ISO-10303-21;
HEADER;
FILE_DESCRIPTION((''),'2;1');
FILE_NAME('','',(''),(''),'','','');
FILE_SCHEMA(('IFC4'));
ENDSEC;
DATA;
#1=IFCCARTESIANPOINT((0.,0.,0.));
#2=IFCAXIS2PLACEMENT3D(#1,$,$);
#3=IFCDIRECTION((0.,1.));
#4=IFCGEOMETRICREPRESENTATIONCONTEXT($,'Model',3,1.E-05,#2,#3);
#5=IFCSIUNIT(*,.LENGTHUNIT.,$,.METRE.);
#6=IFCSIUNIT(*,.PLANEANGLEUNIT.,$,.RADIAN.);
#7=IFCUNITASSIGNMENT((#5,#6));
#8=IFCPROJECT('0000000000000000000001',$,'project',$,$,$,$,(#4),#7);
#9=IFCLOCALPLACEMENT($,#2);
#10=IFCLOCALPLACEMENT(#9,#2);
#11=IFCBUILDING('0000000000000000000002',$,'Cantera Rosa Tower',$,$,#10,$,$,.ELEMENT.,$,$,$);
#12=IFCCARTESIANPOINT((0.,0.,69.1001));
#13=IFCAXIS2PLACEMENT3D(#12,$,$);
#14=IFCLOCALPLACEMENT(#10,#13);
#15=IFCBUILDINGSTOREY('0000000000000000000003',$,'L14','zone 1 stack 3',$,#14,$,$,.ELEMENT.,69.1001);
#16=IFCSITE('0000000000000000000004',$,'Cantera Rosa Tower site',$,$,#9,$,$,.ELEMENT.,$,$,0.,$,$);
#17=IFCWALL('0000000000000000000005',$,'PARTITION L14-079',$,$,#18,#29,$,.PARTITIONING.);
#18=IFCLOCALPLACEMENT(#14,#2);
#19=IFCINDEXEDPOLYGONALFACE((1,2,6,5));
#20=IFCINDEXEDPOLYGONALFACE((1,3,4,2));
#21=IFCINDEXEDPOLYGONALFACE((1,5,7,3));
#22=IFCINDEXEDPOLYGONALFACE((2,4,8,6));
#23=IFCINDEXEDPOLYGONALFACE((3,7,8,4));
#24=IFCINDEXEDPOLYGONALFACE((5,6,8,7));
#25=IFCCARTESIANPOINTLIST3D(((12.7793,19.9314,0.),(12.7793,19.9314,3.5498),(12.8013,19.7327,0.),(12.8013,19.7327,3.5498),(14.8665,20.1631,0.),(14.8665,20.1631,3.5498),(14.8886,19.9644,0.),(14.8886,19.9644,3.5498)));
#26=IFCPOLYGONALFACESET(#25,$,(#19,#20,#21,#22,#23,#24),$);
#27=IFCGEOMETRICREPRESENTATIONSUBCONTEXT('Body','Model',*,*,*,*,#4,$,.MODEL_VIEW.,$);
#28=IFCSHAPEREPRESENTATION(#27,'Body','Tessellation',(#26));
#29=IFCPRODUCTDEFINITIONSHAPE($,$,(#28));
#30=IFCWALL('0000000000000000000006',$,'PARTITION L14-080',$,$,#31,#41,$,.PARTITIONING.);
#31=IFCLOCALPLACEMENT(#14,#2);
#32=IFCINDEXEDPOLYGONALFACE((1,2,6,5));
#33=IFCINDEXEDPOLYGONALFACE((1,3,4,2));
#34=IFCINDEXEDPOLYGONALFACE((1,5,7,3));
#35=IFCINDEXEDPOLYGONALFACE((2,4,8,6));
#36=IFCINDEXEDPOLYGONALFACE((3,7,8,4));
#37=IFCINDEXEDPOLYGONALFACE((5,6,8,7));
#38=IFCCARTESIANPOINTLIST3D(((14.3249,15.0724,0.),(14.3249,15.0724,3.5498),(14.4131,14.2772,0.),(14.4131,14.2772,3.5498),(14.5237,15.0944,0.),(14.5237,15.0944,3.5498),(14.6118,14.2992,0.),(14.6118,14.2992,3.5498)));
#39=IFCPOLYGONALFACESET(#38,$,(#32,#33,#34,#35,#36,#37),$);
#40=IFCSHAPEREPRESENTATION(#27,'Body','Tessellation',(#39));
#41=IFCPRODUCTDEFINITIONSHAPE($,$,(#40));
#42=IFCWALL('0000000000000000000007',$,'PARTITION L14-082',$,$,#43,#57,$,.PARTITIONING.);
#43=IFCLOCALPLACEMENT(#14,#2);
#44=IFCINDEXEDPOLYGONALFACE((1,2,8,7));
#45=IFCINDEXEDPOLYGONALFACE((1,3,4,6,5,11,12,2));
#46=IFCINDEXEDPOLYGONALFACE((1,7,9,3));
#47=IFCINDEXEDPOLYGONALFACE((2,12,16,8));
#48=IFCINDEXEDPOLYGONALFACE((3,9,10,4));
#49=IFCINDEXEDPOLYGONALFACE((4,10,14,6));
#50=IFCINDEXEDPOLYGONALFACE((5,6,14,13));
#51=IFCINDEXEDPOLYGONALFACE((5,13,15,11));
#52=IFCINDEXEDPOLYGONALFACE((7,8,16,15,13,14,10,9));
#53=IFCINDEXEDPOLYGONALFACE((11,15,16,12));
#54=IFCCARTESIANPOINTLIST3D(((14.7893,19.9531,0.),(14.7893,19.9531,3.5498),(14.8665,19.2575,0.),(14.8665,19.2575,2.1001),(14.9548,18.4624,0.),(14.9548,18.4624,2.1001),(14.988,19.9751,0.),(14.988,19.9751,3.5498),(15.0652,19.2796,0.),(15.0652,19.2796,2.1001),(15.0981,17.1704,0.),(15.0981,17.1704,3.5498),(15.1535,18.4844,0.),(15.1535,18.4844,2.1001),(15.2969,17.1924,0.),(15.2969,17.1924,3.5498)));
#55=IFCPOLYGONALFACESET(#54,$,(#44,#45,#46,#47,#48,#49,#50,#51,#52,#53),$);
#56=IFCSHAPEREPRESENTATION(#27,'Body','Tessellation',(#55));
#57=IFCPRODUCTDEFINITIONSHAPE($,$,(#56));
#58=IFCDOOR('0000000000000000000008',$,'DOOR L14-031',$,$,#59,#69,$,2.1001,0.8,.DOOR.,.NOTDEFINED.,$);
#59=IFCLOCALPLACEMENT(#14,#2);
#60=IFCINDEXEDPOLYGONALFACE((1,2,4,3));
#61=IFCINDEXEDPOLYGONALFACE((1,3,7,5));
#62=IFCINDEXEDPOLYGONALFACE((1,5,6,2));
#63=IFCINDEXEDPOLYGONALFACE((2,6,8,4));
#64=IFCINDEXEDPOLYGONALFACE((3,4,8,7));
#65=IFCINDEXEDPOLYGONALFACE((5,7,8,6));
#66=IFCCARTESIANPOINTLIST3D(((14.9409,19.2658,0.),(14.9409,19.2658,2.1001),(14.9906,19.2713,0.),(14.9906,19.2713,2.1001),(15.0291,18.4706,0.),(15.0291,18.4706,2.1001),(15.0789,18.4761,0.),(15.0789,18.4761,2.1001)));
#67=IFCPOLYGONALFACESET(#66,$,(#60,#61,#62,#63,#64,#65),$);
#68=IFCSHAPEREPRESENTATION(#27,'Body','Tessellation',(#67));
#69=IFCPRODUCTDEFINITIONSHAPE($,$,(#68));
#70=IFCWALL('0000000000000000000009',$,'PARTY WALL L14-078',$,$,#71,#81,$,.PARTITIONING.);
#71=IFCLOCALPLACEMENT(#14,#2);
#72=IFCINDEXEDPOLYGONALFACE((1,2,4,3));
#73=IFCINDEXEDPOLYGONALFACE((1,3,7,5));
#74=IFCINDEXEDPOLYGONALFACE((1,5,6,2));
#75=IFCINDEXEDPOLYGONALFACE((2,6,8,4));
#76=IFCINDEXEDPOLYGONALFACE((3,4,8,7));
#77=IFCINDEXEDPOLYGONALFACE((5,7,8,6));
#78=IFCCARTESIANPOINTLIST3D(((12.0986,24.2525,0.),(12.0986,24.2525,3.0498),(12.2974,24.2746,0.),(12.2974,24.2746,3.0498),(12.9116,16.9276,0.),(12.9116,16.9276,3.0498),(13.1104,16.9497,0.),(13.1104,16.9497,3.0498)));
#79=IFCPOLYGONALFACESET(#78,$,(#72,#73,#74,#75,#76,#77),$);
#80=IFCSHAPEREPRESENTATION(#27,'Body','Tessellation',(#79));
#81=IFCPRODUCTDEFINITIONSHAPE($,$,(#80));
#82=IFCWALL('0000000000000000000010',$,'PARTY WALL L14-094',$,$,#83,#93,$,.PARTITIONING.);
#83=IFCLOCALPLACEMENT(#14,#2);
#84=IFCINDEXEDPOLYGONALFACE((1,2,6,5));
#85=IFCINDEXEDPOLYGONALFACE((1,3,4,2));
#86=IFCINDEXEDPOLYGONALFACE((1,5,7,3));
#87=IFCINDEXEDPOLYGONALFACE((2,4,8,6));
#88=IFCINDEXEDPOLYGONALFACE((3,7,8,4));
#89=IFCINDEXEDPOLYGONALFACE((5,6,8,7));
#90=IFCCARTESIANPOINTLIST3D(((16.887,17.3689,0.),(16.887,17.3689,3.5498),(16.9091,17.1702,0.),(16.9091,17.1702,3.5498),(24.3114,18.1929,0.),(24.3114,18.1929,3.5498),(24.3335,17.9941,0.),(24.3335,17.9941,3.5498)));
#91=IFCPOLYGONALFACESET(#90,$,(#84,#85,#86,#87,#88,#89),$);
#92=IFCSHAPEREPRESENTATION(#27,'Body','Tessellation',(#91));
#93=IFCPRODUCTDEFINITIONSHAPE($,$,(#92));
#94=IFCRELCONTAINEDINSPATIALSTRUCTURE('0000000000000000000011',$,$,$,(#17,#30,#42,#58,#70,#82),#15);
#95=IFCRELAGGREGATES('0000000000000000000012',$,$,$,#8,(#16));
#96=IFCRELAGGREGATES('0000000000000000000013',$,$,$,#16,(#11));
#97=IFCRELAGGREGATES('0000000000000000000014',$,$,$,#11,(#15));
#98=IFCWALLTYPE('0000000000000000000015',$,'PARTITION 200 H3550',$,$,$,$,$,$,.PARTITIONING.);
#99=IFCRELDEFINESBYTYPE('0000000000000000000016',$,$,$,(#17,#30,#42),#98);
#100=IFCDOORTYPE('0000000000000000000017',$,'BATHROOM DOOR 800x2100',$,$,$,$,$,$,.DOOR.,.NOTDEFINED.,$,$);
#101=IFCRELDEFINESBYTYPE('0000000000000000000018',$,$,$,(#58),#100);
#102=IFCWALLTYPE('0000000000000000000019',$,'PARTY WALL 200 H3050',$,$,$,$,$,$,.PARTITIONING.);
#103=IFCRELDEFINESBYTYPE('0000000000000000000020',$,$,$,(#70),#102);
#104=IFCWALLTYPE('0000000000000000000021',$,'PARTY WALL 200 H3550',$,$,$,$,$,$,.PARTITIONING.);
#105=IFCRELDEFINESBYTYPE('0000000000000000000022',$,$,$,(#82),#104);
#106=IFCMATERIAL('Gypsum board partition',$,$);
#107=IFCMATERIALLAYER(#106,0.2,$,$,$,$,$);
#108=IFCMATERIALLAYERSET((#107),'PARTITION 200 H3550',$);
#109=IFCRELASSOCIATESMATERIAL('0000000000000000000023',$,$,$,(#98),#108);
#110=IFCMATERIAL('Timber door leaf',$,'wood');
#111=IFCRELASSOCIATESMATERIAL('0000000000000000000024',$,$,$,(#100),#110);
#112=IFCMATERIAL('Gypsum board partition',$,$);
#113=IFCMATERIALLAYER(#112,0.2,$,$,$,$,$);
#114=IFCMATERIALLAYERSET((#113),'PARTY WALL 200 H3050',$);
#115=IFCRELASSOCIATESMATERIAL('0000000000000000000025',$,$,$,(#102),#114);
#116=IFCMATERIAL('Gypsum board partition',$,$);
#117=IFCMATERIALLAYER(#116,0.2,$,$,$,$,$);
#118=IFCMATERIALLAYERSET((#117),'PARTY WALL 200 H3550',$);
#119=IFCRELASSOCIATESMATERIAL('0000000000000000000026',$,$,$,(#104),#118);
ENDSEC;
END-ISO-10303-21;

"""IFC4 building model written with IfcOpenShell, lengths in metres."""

from ifc_helpers import new_model, si_unit, direction, frame, frame_2d, origin, place, context, subcontext, project, spatial, rectangle, extrude, material, layer, layer_set, type_object, element, fill, save


model = new_model("IFC4")

# Units and contexts
model_context = context("Model", 3, precision=1e-05, world=origin(), true_north=direction((0.0, 1.0)))
body_context = subcontext(model_context, "Body", "Model", "MODEL_VIEW")
ifc_project = project(units=[si_unit("LENGTHUNIT", "METRE"), si_unit("PLANEANGLEUNIT", "RADIAN")], contexts=[model_context])

# Site, building, storey
site_placement = place(None, origin())
site = spatial("IfcSite", under=ifc_project, at=site_placement, Name="Cantera Rosa Tower site", CompositionType="ELEMENT", RefElevation=0.0)
building_placement = place(site_placement, origin())
building = spatial("IfcBuilding", under=site, at=building_placement, Name="Cantera Rosa Tower", CompositionType="ELEMENT")
storey_placement = place(building_placement, frame((0.0, 0.0, 69.1001)))
storey = spatial("IfcBuildingStorey", under=building, at=storey_placement, Name="L14", Description="zone 1 stack 3", CompositionType="ELEMENT", Elevation=69.1001)

# Walls
ifc_material_1 = material(Name="Gypsum board partition")
ifc_layer_1 = layer(ifc_material_1, 0.2)
ifc_layer_set_1 = layer_set([ifc_layer_1], Name="PARTITION 200 H3550")
wall_type_1 = type_object("IfcWallType", Name="PARTITION 200 H3550", PredefinedType="PARTITIONING", material=ifc_layer_set_1)
wall_1_placement = place(storey_placement, frame((12.7903, 19.832, 0.0), z_axis=(0.0, 0.0, 1.0), x_axis=(0.993895, 0.110329, 0.0)))
element("IfcWall", 1, at=wall_1_placement, inside=storey, type_object=wall_type_1, Name="PARTITION L14-079", PredefinedType="PARTITIONING", context=body_context, shape_type="SweptSolid", body=[
    extrude(rectangle(XDim=2.1001, YDim=0.2, at=frame_2d((1.05, 0.0))), origin(), (0.0, 0.0, 1.0), 3.5498),
])
wall_2_placement = place(storey_placement, frame((14.4243, 15.0833, 0.0), z_axis=(0.0, 0.0, 1.0), x_axis=(0.110164, -0.993913, 0.0)))
element("IfcWall", 2, at=wall_2_placement, inside=storey, type_object=wall_type_1, Name="PARTITION L14-080", PredefinedType="PARTITIONING", context=body_context, shape_type="SweptSolid", body=[
    extrude(rectangle(XDim=0.8, YDim=0.2, at=frame_2d((0.3999, 0.0))), origin(), (0.0, 0.0, 1.0), 3.5498),
])

# Wall, opening, door
wall_3_placement = place(storey_placement, frame((14.8887, 19.9641, 0.0), z_axis=(0.0, 0.0, 1.0), x_axis=(0.110307, -0.993898, 0.0)))
wall_3 = element("IfcWall", 3, at=wall_3_placement, inside=storey, type_object=wall_type_1, Name="PARTITION L14-082", PredefinedType="PARTITIONING", context=body_context, shape_type="SweptSolid", body=[
    extrude(rectangle(XDim=2.7998, YDim=0.2, at=frame_2d((1.3999, 0.0))), origin(), (0.0, 0.0, 1.0), 3.5498),
])
opening_1_placement = place(wall_3_placement, frame((0.7, 0.0, 0.0)))
opening_1 = element("IfcOpeningElement", 4, at=opening_1_placement, cuts=wall_3, PredefinedType="OPENING", context=body_context, shape_type="SweptSolid", body=[
    extrude(rectangle(XDim=0.8, YDim=2.1001, at=frame_2d((0.3999, 1.05))), frame((0.0, 0.1099, 0.0), z_axis=(0.0, -1.0, 0.0), x_axis=(1.0, 0.0, 0.0)), (0.0, 0.0, 1.0), 0.22),
])
ifc_material_2 = material(Name="Timber door leaf", Category="wood")
door_type_1 = type_object("IfcDoorType", Name="BATHROOM DOOR 800x2100", OperationType="NOTDEFINED", PredefinedType="DOOR", material=ifc_material_2)
door_1_placement = place(opening_1_placement, origin())
door_1 = element("IfcDoor", 5, at=door_1_placement, inside=storey, type_object=door_type_1, Name="DOOR L14-031", OperationType="NOTDEFINED", OverallHeight=2.1001, OverallWidth=0.8, PredefinedType="DOOR", context=body_context, shape_type="SweptSolid", body=[
    extrude(rectangle(XDim=0.8, YDim=2.1001, at=frame_2d((0.3999, 1.05))), frame((0.0, 0.0249, 0.0), z_axis=(0.0, -1.0, 0.0), x_axis=(1.0, 0.0, 0.0)), (0.0, 0.0, 1.0), 0.05),
])
fill(opening_1, door_1)

# Walls
ifc_material_3 = material(Name="Gypsum board partition")
ifc_layer_2 = layer(ifc_material_3, 0.2)
ifc_layer_set_2 = layer_set([ifc_layer_2], Name="PARTY WALL 200 H3050")
wall_type_2 = type_object("IfcWallType", Name="PARTY WALL 200 H3050", PredefinedType="PARTITIONING", material=ifc_layer_set_2)
wall_4_placement = place(storey_placement, frame((12.198, 24.2637, 0.0), z_axis=(0.0, 0.0, 1.0), x_axis=(0.110312, -0.993897, 0.0)))
element("IfcWall", 6, at=wall_4_placement, inside=storey, type_object=wall_type_2, Name="PARTY WALL L14-078", PredefinedType="PARTITIONING", context=body_context, shape_type="SweptSolid", body=[
    extrude(rectangle(XDim=7.3699, YDim=0.2, at=frame_2d((3.6851, 0.0))), origin(), (0.0, 0.0, 1.0), 3.0498),
])
ifc_material_4 = material(Name="Gypsum board partition")
ifc_layer_3 = layer(ifc_material_4, 0.2)
ifc_layer_set_3 = layer_set([ifc_layer_3], Name="PARTY WALL 200 H3550")
wall_type_3 = type_object("IfcWallType", Name="PARTY WALL 200 H3550", PredefinedType="PARTITIONING", material=ifc_layer_set_3)
wall_5_placement = place(storey_placement, frame((16.8982, 17.2695, 0.0), z_axis=(0.0, 0.0, 1.0), x_axis=(0.993898, 0.110306, 0.0)))
element("IfcWall", 7, at=wall_5_placement, inside=storey, type_object=wall_type_3, Name="PARTY WALL L14-094", PredefinedType="PARTITIONING", context=body_context, shape_type="SweptSolid", body=[
    extrude(rectangle(XDim=7.47, YDim=0.2, at=frame_2d((3.7349, 0.0))), origin(), (0.0, 0.0, 1.0), 3.5498),
])

save(model, "model.ifc")
